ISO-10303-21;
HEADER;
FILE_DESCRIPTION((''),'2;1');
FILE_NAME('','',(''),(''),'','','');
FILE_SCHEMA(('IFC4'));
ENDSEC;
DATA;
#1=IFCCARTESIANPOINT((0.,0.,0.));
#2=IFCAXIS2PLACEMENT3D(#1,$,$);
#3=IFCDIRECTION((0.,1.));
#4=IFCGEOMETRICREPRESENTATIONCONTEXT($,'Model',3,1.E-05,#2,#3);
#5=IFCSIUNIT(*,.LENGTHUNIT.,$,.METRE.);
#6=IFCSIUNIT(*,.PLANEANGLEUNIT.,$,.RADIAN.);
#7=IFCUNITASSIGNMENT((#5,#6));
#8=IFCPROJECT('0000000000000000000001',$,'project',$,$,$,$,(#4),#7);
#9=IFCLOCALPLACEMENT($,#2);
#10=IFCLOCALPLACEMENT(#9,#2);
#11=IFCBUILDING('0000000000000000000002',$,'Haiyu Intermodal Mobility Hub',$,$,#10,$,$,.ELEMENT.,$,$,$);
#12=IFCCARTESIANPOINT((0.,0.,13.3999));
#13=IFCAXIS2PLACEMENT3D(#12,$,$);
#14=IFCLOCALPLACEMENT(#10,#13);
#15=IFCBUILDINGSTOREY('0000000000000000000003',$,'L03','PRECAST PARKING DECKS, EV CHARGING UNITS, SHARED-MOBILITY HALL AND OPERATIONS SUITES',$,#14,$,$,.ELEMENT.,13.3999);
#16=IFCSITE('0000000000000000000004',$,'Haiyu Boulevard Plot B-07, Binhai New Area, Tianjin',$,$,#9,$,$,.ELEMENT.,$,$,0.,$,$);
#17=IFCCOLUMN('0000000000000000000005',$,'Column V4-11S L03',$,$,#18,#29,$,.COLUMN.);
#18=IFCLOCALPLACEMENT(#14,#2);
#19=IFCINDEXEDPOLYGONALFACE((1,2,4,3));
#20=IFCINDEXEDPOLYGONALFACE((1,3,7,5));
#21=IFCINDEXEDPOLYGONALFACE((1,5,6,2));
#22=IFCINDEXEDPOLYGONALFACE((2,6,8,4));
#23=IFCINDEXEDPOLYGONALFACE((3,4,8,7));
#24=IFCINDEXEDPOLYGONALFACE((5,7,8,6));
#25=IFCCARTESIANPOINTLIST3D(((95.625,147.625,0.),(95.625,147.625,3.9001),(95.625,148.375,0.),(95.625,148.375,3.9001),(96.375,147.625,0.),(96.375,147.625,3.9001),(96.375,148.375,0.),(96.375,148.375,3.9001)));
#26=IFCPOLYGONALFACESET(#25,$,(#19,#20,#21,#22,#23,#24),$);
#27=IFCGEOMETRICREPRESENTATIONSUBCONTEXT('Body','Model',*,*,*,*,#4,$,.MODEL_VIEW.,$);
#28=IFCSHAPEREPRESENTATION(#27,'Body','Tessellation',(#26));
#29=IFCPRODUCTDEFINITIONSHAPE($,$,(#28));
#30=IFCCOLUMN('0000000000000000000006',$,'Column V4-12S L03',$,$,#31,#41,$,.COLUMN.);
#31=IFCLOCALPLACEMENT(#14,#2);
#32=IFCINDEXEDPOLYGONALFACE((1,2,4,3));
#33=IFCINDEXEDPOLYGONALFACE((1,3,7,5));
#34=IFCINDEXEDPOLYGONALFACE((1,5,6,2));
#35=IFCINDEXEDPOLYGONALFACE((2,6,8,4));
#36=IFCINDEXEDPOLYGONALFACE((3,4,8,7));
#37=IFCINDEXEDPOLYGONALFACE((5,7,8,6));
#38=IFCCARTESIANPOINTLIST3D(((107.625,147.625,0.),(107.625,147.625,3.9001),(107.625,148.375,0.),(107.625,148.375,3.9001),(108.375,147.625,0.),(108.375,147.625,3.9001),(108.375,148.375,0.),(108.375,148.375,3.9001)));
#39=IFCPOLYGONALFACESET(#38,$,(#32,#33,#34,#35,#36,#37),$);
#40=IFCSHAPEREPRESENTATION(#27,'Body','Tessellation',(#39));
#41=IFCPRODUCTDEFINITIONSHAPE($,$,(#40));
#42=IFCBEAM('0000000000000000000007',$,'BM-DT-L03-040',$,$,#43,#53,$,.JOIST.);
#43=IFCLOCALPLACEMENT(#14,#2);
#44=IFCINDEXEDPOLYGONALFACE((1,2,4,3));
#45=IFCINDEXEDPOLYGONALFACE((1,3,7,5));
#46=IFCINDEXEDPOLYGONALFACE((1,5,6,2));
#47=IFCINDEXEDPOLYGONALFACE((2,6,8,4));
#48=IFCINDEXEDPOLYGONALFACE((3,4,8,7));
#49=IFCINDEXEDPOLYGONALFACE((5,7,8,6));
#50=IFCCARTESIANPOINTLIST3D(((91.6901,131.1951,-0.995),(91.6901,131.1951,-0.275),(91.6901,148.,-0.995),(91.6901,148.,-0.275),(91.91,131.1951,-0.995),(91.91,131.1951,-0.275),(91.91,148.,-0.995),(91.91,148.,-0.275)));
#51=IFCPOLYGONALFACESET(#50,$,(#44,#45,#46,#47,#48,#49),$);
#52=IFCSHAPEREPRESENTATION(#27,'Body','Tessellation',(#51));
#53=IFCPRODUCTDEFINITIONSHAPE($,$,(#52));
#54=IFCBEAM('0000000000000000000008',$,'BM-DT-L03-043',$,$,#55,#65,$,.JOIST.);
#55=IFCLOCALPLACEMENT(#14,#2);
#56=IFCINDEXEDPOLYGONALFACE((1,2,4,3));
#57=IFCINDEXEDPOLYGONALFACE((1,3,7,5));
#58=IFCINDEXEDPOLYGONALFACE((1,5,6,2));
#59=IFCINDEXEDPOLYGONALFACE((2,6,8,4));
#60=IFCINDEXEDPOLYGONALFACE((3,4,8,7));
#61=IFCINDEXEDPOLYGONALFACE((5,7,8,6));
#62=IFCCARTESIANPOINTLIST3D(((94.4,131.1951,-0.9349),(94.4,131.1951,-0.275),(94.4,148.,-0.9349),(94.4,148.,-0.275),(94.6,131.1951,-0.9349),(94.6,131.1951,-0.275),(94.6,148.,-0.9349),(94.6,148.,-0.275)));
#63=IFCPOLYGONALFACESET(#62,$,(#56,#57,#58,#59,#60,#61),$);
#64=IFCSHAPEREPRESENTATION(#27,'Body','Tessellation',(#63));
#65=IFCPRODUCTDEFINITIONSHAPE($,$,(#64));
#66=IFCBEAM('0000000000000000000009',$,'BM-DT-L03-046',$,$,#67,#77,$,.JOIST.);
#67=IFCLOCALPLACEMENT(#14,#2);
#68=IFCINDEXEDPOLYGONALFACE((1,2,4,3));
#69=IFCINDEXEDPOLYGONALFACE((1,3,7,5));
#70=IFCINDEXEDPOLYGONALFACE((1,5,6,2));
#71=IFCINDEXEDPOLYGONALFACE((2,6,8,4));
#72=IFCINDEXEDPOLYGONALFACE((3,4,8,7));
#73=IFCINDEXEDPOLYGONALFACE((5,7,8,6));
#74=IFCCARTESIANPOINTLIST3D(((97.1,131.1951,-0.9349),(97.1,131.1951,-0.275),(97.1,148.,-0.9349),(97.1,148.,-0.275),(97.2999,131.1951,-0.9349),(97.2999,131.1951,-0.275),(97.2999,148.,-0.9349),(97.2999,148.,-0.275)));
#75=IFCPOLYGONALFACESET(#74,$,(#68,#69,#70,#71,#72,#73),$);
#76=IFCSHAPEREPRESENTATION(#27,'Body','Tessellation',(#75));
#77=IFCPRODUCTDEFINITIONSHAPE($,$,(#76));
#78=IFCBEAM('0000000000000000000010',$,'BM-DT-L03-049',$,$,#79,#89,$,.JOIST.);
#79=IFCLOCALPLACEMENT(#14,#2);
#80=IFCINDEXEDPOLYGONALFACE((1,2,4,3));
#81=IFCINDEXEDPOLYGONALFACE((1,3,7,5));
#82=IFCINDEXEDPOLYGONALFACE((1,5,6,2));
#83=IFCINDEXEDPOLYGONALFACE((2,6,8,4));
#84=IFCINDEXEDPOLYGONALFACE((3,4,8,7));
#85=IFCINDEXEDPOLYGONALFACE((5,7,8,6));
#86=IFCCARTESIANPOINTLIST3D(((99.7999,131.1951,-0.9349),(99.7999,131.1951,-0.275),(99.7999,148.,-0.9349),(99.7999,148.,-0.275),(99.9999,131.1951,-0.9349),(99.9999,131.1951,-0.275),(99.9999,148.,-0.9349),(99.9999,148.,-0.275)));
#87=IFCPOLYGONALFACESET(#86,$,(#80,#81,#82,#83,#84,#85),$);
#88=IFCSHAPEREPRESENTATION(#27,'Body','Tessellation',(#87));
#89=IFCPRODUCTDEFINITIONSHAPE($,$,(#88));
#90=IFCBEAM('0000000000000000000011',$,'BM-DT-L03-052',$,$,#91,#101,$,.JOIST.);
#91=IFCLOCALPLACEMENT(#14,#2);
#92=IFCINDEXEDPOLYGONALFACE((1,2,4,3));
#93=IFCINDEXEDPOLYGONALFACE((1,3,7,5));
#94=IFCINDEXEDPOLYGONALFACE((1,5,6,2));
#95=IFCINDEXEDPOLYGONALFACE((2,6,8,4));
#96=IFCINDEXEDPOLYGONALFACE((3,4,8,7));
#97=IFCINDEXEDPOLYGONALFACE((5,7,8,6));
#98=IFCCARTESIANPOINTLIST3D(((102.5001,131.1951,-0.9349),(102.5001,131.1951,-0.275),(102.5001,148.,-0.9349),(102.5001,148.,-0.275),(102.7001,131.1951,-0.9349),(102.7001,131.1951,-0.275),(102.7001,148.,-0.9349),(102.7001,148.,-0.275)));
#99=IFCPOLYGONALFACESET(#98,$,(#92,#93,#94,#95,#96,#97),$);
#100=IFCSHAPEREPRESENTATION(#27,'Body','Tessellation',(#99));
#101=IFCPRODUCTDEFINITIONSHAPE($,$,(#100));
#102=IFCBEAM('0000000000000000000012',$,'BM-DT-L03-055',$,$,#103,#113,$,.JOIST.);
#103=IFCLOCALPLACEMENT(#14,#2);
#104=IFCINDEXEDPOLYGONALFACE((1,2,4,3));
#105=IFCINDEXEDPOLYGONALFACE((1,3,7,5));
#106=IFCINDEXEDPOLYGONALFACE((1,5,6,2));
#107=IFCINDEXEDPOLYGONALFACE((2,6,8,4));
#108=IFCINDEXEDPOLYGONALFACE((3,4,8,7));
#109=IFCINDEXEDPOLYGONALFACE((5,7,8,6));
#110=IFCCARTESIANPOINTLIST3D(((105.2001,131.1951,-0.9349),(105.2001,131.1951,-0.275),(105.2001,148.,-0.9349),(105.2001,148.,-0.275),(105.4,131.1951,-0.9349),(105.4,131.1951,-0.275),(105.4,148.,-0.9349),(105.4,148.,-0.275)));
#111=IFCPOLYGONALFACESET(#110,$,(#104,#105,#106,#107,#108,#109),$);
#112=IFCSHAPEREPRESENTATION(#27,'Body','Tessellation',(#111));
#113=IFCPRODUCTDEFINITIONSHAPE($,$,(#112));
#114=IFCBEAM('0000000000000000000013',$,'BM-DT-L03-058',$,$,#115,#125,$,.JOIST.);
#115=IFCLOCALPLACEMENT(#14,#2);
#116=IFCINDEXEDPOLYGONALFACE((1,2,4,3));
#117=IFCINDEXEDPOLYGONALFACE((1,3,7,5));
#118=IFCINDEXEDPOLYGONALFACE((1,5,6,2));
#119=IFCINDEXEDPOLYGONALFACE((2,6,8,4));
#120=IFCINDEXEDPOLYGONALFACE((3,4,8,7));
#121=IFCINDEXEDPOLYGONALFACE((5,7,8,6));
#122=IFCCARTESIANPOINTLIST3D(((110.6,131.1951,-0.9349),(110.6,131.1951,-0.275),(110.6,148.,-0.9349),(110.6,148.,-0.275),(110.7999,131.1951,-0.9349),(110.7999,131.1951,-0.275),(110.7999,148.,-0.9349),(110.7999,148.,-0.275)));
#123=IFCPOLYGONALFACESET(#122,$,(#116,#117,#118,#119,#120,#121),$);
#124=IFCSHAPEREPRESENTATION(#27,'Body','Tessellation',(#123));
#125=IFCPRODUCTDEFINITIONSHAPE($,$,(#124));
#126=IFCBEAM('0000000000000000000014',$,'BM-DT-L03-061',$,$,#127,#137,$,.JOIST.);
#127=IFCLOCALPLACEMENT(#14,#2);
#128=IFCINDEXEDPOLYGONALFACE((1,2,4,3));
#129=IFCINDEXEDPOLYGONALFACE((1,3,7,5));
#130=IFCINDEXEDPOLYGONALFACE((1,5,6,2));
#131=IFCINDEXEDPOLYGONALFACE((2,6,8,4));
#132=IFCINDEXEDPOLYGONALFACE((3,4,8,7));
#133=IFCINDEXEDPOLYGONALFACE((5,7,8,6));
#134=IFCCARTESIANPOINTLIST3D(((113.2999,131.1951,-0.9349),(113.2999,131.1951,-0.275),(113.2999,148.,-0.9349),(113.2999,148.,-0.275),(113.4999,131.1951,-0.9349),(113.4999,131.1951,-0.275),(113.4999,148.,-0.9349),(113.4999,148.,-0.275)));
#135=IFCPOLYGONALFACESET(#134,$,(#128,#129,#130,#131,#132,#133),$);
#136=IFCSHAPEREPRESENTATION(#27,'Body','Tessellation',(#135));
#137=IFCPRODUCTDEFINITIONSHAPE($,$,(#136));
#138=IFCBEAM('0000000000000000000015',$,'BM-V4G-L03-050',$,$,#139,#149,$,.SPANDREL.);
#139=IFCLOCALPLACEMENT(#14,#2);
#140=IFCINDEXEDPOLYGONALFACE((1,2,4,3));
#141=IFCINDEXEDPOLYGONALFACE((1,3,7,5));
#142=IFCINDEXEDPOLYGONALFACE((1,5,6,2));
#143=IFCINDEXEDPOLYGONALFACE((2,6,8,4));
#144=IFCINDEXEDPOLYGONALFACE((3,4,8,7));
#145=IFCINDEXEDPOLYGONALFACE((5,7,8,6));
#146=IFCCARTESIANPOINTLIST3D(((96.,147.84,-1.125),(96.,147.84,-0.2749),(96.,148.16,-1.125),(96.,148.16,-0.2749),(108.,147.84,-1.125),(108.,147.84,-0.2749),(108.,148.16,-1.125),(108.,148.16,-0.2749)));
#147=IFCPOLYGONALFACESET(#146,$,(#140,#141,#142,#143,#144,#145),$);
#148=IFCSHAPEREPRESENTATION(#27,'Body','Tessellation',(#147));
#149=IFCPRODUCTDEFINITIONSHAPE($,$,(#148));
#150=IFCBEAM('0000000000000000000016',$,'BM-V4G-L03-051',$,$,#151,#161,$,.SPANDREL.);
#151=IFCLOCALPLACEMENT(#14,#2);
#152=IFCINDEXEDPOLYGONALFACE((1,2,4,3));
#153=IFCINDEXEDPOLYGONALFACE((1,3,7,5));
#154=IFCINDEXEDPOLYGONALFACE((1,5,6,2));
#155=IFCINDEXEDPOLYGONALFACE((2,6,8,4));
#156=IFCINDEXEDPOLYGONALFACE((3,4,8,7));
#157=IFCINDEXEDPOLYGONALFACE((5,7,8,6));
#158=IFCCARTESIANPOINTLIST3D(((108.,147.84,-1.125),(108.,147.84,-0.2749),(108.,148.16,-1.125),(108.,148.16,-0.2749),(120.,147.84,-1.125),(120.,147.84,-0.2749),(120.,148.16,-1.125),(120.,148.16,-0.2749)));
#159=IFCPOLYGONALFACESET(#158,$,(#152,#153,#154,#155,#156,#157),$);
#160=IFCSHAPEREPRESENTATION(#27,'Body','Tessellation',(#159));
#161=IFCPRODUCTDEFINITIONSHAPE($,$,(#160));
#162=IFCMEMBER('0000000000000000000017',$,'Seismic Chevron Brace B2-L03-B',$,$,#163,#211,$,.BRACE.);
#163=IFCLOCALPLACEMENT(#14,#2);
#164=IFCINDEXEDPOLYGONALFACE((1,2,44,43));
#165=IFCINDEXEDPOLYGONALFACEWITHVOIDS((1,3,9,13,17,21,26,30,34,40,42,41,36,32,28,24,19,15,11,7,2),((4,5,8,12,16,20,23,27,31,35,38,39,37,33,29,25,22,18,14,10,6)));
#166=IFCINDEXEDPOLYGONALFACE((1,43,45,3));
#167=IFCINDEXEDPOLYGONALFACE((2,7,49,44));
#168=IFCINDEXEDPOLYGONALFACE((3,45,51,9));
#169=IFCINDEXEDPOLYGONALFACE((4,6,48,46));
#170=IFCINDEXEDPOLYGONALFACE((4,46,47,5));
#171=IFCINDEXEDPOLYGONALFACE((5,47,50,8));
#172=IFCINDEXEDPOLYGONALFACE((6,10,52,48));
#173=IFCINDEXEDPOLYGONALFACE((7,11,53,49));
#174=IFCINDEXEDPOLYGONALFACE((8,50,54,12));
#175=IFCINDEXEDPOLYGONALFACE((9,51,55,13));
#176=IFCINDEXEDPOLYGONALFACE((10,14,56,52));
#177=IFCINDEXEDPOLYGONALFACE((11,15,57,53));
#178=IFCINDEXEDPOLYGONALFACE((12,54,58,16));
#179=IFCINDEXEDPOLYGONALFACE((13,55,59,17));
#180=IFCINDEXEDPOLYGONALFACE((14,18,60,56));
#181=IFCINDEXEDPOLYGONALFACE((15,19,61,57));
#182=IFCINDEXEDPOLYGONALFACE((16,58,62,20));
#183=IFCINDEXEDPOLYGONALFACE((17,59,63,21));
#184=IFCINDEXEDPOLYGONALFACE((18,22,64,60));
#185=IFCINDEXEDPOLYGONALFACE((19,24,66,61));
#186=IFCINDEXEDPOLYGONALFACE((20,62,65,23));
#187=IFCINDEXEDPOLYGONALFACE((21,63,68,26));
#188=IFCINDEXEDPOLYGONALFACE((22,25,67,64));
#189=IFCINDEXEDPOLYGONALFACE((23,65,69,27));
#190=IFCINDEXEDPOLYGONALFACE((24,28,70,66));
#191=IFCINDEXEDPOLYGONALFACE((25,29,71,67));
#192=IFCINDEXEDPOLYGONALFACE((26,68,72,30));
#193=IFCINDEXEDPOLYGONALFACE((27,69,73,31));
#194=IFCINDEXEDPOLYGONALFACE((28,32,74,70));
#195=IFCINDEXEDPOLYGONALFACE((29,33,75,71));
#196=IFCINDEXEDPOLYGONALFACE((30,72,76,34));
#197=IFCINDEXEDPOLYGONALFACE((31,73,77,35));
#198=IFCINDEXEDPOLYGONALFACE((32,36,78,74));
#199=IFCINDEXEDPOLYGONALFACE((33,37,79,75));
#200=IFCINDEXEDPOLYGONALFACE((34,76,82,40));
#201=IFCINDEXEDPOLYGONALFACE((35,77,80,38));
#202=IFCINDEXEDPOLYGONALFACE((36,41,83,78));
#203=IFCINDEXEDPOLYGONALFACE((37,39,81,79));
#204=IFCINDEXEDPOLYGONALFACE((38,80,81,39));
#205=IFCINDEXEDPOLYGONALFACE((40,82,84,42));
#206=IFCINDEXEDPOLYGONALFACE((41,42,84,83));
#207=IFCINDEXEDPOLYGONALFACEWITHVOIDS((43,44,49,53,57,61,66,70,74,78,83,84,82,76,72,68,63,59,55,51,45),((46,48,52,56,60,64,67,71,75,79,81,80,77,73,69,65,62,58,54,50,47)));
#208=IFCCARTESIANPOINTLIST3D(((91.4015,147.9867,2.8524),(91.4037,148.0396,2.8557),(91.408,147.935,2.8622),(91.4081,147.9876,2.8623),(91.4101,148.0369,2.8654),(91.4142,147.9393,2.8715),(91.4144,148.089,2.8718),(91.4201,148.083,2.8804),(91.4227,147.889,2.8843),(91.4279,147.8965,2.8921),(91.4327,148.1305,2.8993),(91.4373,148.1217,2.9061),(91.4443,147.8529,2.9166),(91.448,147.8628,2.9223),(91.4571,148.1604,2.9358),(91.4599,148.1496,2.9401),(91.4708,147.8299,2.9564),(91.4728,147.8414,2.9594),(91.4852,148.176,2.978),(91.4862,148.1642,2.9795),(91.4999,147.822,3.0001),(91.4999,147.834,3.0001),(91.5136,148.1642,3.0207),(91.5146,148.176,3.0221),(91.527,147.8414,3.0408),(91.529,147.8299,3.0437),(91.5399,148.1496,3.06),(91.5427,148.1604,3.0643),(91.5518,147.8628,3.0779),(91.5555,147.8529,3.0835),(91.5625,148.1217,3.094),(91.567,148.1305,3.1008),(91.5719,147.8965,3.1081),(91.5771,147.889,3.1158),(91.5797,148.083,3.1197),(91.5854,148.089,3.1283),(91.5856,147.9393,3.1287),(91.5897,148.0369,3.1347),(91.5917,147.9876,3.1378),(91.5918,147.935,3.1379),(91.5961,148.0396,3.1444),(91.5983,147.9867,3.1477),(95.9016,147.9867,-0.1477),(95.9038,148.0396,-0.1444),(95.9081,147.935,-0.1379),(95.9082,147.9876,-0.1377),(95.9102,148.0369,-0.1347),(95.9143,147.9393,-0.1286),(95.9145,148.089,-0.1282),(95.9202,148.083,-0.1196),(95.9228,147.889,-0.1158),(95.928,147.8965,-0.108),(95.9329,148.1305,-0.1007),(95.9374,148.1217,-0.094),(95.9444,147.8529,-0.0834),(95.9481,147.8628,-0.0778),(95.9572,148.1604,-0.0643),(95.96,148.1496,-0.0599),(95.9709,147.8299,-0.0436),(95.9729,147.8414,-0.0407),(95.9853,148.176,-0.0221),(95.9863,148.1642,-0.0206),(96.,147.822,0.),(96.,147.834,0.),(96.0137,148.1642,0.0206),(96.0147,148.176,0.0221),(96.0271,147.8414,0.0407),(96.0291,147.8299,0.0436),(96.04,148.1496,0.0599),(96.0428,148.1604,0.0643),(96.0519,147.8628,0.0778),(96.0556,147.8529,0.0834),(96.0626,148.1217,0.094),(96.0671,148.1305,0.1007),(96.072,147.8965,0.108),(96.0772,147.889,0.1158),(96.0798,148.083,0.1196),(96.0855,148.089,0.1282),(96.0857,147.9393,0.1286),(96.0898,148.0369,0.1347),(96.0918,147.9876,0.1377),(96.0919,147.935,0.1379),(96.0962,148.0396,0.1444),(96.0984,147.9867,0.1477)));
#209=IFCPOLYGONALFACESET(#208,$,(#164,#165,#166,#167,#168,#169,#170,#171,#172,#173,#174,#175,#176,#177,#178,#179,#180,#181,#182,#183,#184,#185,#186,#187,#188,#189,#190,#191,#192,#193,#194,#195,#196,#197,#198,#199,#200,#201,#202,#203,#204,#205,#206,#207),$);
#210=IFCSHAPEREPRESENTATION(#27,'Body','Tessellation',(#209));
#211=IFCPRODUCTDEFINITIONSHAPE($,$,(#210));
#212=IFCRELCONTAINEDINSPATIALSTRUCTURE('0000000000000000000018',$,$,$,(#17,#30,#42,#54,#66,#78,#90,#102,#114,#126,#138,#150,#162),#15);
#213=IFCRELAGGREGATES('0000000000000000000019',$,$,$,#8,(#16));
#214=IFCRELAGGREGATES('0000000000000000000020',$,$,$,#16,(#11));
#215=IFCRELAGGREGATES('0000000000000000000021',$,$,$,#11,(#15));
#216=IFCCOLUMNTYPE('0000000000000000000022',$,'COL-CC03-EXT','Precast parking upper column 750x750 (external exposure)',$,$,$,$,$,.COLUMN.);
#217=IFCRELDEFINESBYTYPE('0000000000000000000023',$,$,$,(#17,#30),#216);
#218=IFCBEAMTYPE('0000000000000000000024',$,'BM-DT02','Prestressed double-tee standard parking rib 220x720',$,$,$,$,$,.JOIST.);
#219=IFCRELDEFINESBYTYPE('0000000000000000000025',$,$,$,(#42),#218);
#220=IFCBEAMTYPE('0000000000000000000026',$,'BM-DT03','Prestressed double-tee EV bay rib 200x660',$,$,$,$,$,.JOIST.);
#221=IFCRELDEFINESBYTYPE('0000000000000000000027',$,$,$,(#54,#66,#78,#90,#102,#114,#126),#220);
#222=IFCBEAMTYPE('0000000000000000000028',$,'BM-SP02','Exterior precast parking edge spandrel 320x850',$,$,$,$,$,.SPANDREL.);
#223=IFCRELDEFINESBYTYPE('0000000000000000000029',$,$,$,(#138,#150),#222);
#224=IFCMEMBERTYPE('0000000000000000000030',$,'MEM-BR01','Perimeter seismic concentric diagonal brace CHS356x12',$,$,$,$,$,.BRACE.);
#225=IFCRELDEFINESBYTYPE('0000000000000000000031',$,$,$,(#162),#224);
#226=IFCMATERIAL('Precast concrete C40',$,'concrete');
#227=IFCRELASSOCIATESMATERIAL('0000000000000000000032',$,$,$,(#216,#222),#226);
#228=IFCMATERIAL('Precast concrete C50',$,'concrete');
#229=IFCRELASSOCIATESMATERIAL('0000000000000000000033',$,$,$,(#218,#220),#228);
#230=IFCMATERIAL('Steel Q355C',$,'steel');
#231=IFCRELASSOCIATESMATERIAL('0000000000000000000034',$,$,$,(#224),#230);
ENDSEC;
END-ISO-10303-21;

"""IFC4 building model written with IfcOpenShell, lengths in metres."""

from ifc_helpers import new_model, si_unit, direction, frame, origin, origin_2d, place, context, subcontext, project, spatial, rectangle, hollow_circle, extrude, material, material_profile, profile_set, type_object, element, save


model = new_model("IFC4")

# Units and contexts
model_context = context("Model", 3, precision=1e-05, world=origin(), true_north=direction((0.0, 1.0)))
body_context = subcontext(model_context, "Body", "Model", "MODEL_VIEW")
ifc_project = project(units=[si_unit("LENGTHUNIT", "METRE"), si_unit("PLANEANGLEUNIT", "RADIAN")], contexts=[model_context])

# Site, building, storey
site_placement = place(None, origin())
site = spatial("IfcSite", under=ifc_project, at=site_placement, Name="Haiyu Boulevard Plot B-07, Binhai New Area, Tianjin", CompositionType="ELEMENT", RefElevation=0.0)
building_placement = place(site_placement, origin())
building = spatial("IfcBuilding", under=site, at=building_placement, Name="Haiyu Intermodal Mobility Hub", CompositionType="ELEMENT")
storey_placement = place(building_placement, frame((0.0, 0.0, 13.3999)))
storey = spatial("IfcBuildingStorey", under=building, at=storey_placement, Name="L03", Description="PRECAST PARKING DECKS, EV CHARGING UNITS, SHARED-MOBILITY HALL AND OPERATIONS SUITES", CompositionType="ELEMENT", Elevation=13.3999)

# Columns
ifc_material_1 = material(Name="Precast concrete C40", Category="concrete")
ifc_material_profile_1 = material_profile(ifc_material_1, rectangle(XDim=0.75, YDim=0.75, at=origin_2d()), Name="RC750x750")
ifc_profile_set_1 = profile_set([ifc_material_profile_1], Name="Precast concrete C40")
column_type = type_object("IfcColumnType", Name="COL-CC03-EXT", Description="Precast parking upper column 750x750 (external exposure)", PredefinedType="COLUMN", material=ifc_profile_set_1)
for number, where, z_axis, x_axis, name in (
    (1, (96.0, 148.0, 0.0), (0.0, 0.0, 1.0), (1.0, 0.0, 0.0), "Column V4-11S L03"),
    (2, (108.0, 148.0, 0.0), (0.0, 0.0, 1.0), (1.0, 0.0, 0.0), "Column V4-12S L03"),
):
    element("IfcColumn", number, at=place(storey_placement, frame(where, z_axis=z_axis, x_axis=x_axis)), inside=storey, type_object=column_type, Name=name, PredefinedType="COLUMN", context=body_context, shape_type="SweptSolid", body=[
        extrude(rectangle(XDim=0.75, YDim=0.75, at=origin_2d()), origin(), (0.0, 0.0, 1.0), 3.9001),
    ])

# Beams
ifc_material_2 = material(Name="Precast concrete C50", Category="concrete")
ifc_material_profile_2 = material_profile(ifc_material_2, rectangle(XDim=0.22, YDim=0.72, at=origin_2d()), Name="PC220x720")
ifc_profile_set_2 = profile_set([ifc_material_profile_2], Name="Precast concrete C50")
beam_type_1 = type_object("IfcBeamType", Name="BM-DT02", Description="Prestressed double-tee standard parking rib 220x720", PredefinedType="JOIST", material=ifc_profile_set_2)
beam_placement = place(storey_placement, frame((91.8, 131.1951, -0.635), z_axis=(0.0, 1.0, 0.0), x_axis=(-1.0, 0.0, 0.0)))
element("IfcBeam", 3, at=beam_placement, inside=storey, type_object=beam_type_1, Name="BM-DT-L03-040", PredefinedType="JOIST", context=body_context, shape_type="SweptSolid", body=[
    extrude(rectangle(XDim=0.22, YDim=0.72, at=origin_2d()), origin(), (0.0, 0.0, 1.0), 16.8049),
])
ifc_material_profile_3 = material_profile(ifc_material_2, rectangle(XDim=0.2, YDim=0.6599, at=origin_2d()), Name="PC200x660")
ifc_profile_set_3 = profile_set([ifc_material_profile_3], Name="Precast concrete C50")
beam_type_2 = type_object("IfcBeamType", Name="BM-DT03", Description="Prestressed double-tee EV bay rib 200x660", PredefinedType="JOIST", material=ifc_profile_set_3)
for number, where, z_axis, x_axis, name in (
    (4, (94.5, 131.1951, -0.605), (0.0, 1.0, 0.0), (-1.0, 0.0, 0.0), "BM-DT-L03-043"),
    (5, (97.2, 131.1951, -0.605), (0.0, 1.0, 0.0), (-1.0, 0.0, 0.0), "BM-DT-L03-046"),
    (6, (99.8999, 131.1951, -0.605), (0.0, 1.0, 0.0), (-1.0, 0.0, 0.0), "BM-DT-L03-049"),
    (7, (102.6001, 131.1951, -0.605), (0.0, 1.0, 0.0), (-1.0, 0.0, 0.0), "BM-DT-L03-052"),
    (8, (105.3, 131.1951, -0.605), (0.0, 1.0, 0.0), (-1.0, 0.0, 0.0), "BM-DT-L03-055"),
    (9, (110.7, 131.1951, -0.605), (0.0, 1.0, 0.0), (-1.0, 0.0, 0.0), "BM-DT-L03-058"),
    (10, (113.3999, 131.1951, -0.605), (0.0, 1.0, 0.0), (-1.0, 0.0, 0.0), "BM-DT-L03-061"),
):
    element("IfcBeam", number, at=place(storey_placement, frame(where, z_axis=z_axis, x_axis=x_axis)), inside=storey, type_object=beam_type_2, Name=name, PredefinedType="JOIST", context=body_context, shape_type="SweptSolid", body=[
        extrude(rectangle(XDim=0.2, YDim=0.6599, at=origin_2d()), origin(), (0.0, 0.0, 1.0), 16.8049),
    ])
ifc_material_profile_4 = material_profile(ifc_material_1, rectangle(XDim=0.3201, YDim=0.8501, at=origin_2d()), Name="PC320x850")
ifc_profile_set_4 = profile_set([ifc_material_profile_4], Name="Precast concrete C40")
beam_type_3 = type_object("IfcBeamType", Name="BM-SP02", Description="Exterior precast parking edge spandrel 320x850", PredefinedType="SPANDREL", material=ifc_profile_set_4)
for number, where, z_axis, x_axis, name in (
    (11, (96.0, 148.0, -0.7), (1.0, 0.0, 0.0), (0.0, 1.0, 0.0), "BM-V4G-L03-050"),
    (12, (108.0, 148.0, -0.7), (1.0, 0.0, 0.0), (0.0, 1.0, 0.0), "BM-V4G-L03-051"),
):
    element("IfcBeam", number, at=place(storey_placement, frame(where, z_axis=z_axis, x_axis=x_axis)), inside=storey, type_object=beam_type_3, Name=name, PredefinedType="SPANDREL", context=body_context, shape_type="SweptSolid", body=[
        extrude(rectangle(XDim=0.3201, YDim=0.8501, at=origin_2d()), origin(), (0.0, 0.0, 1.0), 12.0),
    ])

# Member
ifc_material_3 = material(Name="Steel Q355C", Category="steel")
ifc_material_profile_5 = material_profile(ifc_material_3, hollow_circle(Radius=0.178, WallThickness=0.012, at=origin_2d()), Name="CHS356x12")
ifc_profile_set_5 = profile_set([ifc_material_profile_5], Name="Steel Q355C")
member_type = type_object("IfcMemberType", Name="MEM-BR01", Description="Perimeter seismic concentric diagonal brace CHS356x12", PredefinedType="BRACE", material=ifc_profile_set_5)
member_placement = place(storey_placement, frame((96.0, 148.0, 0.0), z_axis=(-0.83205, 0.0, 0.5547), x_axis=(0.0, -1.0, 0.0)))
element("IfcMember", 13, at=member_placement, inside=storey, type_object=member_type, Name="Seismic Chevron Brace B2-L03-B", PredefinedType="BRACE", context=body_context, shape_type="SweptSolid", body=[
    extrude(hollow_circle(Radius=0.178, WallThickness=0.012, at=origin_2d()), origin(), (0.0, 0.0, 1.0), 5.4084),
])

save(model, "model.ifc")
